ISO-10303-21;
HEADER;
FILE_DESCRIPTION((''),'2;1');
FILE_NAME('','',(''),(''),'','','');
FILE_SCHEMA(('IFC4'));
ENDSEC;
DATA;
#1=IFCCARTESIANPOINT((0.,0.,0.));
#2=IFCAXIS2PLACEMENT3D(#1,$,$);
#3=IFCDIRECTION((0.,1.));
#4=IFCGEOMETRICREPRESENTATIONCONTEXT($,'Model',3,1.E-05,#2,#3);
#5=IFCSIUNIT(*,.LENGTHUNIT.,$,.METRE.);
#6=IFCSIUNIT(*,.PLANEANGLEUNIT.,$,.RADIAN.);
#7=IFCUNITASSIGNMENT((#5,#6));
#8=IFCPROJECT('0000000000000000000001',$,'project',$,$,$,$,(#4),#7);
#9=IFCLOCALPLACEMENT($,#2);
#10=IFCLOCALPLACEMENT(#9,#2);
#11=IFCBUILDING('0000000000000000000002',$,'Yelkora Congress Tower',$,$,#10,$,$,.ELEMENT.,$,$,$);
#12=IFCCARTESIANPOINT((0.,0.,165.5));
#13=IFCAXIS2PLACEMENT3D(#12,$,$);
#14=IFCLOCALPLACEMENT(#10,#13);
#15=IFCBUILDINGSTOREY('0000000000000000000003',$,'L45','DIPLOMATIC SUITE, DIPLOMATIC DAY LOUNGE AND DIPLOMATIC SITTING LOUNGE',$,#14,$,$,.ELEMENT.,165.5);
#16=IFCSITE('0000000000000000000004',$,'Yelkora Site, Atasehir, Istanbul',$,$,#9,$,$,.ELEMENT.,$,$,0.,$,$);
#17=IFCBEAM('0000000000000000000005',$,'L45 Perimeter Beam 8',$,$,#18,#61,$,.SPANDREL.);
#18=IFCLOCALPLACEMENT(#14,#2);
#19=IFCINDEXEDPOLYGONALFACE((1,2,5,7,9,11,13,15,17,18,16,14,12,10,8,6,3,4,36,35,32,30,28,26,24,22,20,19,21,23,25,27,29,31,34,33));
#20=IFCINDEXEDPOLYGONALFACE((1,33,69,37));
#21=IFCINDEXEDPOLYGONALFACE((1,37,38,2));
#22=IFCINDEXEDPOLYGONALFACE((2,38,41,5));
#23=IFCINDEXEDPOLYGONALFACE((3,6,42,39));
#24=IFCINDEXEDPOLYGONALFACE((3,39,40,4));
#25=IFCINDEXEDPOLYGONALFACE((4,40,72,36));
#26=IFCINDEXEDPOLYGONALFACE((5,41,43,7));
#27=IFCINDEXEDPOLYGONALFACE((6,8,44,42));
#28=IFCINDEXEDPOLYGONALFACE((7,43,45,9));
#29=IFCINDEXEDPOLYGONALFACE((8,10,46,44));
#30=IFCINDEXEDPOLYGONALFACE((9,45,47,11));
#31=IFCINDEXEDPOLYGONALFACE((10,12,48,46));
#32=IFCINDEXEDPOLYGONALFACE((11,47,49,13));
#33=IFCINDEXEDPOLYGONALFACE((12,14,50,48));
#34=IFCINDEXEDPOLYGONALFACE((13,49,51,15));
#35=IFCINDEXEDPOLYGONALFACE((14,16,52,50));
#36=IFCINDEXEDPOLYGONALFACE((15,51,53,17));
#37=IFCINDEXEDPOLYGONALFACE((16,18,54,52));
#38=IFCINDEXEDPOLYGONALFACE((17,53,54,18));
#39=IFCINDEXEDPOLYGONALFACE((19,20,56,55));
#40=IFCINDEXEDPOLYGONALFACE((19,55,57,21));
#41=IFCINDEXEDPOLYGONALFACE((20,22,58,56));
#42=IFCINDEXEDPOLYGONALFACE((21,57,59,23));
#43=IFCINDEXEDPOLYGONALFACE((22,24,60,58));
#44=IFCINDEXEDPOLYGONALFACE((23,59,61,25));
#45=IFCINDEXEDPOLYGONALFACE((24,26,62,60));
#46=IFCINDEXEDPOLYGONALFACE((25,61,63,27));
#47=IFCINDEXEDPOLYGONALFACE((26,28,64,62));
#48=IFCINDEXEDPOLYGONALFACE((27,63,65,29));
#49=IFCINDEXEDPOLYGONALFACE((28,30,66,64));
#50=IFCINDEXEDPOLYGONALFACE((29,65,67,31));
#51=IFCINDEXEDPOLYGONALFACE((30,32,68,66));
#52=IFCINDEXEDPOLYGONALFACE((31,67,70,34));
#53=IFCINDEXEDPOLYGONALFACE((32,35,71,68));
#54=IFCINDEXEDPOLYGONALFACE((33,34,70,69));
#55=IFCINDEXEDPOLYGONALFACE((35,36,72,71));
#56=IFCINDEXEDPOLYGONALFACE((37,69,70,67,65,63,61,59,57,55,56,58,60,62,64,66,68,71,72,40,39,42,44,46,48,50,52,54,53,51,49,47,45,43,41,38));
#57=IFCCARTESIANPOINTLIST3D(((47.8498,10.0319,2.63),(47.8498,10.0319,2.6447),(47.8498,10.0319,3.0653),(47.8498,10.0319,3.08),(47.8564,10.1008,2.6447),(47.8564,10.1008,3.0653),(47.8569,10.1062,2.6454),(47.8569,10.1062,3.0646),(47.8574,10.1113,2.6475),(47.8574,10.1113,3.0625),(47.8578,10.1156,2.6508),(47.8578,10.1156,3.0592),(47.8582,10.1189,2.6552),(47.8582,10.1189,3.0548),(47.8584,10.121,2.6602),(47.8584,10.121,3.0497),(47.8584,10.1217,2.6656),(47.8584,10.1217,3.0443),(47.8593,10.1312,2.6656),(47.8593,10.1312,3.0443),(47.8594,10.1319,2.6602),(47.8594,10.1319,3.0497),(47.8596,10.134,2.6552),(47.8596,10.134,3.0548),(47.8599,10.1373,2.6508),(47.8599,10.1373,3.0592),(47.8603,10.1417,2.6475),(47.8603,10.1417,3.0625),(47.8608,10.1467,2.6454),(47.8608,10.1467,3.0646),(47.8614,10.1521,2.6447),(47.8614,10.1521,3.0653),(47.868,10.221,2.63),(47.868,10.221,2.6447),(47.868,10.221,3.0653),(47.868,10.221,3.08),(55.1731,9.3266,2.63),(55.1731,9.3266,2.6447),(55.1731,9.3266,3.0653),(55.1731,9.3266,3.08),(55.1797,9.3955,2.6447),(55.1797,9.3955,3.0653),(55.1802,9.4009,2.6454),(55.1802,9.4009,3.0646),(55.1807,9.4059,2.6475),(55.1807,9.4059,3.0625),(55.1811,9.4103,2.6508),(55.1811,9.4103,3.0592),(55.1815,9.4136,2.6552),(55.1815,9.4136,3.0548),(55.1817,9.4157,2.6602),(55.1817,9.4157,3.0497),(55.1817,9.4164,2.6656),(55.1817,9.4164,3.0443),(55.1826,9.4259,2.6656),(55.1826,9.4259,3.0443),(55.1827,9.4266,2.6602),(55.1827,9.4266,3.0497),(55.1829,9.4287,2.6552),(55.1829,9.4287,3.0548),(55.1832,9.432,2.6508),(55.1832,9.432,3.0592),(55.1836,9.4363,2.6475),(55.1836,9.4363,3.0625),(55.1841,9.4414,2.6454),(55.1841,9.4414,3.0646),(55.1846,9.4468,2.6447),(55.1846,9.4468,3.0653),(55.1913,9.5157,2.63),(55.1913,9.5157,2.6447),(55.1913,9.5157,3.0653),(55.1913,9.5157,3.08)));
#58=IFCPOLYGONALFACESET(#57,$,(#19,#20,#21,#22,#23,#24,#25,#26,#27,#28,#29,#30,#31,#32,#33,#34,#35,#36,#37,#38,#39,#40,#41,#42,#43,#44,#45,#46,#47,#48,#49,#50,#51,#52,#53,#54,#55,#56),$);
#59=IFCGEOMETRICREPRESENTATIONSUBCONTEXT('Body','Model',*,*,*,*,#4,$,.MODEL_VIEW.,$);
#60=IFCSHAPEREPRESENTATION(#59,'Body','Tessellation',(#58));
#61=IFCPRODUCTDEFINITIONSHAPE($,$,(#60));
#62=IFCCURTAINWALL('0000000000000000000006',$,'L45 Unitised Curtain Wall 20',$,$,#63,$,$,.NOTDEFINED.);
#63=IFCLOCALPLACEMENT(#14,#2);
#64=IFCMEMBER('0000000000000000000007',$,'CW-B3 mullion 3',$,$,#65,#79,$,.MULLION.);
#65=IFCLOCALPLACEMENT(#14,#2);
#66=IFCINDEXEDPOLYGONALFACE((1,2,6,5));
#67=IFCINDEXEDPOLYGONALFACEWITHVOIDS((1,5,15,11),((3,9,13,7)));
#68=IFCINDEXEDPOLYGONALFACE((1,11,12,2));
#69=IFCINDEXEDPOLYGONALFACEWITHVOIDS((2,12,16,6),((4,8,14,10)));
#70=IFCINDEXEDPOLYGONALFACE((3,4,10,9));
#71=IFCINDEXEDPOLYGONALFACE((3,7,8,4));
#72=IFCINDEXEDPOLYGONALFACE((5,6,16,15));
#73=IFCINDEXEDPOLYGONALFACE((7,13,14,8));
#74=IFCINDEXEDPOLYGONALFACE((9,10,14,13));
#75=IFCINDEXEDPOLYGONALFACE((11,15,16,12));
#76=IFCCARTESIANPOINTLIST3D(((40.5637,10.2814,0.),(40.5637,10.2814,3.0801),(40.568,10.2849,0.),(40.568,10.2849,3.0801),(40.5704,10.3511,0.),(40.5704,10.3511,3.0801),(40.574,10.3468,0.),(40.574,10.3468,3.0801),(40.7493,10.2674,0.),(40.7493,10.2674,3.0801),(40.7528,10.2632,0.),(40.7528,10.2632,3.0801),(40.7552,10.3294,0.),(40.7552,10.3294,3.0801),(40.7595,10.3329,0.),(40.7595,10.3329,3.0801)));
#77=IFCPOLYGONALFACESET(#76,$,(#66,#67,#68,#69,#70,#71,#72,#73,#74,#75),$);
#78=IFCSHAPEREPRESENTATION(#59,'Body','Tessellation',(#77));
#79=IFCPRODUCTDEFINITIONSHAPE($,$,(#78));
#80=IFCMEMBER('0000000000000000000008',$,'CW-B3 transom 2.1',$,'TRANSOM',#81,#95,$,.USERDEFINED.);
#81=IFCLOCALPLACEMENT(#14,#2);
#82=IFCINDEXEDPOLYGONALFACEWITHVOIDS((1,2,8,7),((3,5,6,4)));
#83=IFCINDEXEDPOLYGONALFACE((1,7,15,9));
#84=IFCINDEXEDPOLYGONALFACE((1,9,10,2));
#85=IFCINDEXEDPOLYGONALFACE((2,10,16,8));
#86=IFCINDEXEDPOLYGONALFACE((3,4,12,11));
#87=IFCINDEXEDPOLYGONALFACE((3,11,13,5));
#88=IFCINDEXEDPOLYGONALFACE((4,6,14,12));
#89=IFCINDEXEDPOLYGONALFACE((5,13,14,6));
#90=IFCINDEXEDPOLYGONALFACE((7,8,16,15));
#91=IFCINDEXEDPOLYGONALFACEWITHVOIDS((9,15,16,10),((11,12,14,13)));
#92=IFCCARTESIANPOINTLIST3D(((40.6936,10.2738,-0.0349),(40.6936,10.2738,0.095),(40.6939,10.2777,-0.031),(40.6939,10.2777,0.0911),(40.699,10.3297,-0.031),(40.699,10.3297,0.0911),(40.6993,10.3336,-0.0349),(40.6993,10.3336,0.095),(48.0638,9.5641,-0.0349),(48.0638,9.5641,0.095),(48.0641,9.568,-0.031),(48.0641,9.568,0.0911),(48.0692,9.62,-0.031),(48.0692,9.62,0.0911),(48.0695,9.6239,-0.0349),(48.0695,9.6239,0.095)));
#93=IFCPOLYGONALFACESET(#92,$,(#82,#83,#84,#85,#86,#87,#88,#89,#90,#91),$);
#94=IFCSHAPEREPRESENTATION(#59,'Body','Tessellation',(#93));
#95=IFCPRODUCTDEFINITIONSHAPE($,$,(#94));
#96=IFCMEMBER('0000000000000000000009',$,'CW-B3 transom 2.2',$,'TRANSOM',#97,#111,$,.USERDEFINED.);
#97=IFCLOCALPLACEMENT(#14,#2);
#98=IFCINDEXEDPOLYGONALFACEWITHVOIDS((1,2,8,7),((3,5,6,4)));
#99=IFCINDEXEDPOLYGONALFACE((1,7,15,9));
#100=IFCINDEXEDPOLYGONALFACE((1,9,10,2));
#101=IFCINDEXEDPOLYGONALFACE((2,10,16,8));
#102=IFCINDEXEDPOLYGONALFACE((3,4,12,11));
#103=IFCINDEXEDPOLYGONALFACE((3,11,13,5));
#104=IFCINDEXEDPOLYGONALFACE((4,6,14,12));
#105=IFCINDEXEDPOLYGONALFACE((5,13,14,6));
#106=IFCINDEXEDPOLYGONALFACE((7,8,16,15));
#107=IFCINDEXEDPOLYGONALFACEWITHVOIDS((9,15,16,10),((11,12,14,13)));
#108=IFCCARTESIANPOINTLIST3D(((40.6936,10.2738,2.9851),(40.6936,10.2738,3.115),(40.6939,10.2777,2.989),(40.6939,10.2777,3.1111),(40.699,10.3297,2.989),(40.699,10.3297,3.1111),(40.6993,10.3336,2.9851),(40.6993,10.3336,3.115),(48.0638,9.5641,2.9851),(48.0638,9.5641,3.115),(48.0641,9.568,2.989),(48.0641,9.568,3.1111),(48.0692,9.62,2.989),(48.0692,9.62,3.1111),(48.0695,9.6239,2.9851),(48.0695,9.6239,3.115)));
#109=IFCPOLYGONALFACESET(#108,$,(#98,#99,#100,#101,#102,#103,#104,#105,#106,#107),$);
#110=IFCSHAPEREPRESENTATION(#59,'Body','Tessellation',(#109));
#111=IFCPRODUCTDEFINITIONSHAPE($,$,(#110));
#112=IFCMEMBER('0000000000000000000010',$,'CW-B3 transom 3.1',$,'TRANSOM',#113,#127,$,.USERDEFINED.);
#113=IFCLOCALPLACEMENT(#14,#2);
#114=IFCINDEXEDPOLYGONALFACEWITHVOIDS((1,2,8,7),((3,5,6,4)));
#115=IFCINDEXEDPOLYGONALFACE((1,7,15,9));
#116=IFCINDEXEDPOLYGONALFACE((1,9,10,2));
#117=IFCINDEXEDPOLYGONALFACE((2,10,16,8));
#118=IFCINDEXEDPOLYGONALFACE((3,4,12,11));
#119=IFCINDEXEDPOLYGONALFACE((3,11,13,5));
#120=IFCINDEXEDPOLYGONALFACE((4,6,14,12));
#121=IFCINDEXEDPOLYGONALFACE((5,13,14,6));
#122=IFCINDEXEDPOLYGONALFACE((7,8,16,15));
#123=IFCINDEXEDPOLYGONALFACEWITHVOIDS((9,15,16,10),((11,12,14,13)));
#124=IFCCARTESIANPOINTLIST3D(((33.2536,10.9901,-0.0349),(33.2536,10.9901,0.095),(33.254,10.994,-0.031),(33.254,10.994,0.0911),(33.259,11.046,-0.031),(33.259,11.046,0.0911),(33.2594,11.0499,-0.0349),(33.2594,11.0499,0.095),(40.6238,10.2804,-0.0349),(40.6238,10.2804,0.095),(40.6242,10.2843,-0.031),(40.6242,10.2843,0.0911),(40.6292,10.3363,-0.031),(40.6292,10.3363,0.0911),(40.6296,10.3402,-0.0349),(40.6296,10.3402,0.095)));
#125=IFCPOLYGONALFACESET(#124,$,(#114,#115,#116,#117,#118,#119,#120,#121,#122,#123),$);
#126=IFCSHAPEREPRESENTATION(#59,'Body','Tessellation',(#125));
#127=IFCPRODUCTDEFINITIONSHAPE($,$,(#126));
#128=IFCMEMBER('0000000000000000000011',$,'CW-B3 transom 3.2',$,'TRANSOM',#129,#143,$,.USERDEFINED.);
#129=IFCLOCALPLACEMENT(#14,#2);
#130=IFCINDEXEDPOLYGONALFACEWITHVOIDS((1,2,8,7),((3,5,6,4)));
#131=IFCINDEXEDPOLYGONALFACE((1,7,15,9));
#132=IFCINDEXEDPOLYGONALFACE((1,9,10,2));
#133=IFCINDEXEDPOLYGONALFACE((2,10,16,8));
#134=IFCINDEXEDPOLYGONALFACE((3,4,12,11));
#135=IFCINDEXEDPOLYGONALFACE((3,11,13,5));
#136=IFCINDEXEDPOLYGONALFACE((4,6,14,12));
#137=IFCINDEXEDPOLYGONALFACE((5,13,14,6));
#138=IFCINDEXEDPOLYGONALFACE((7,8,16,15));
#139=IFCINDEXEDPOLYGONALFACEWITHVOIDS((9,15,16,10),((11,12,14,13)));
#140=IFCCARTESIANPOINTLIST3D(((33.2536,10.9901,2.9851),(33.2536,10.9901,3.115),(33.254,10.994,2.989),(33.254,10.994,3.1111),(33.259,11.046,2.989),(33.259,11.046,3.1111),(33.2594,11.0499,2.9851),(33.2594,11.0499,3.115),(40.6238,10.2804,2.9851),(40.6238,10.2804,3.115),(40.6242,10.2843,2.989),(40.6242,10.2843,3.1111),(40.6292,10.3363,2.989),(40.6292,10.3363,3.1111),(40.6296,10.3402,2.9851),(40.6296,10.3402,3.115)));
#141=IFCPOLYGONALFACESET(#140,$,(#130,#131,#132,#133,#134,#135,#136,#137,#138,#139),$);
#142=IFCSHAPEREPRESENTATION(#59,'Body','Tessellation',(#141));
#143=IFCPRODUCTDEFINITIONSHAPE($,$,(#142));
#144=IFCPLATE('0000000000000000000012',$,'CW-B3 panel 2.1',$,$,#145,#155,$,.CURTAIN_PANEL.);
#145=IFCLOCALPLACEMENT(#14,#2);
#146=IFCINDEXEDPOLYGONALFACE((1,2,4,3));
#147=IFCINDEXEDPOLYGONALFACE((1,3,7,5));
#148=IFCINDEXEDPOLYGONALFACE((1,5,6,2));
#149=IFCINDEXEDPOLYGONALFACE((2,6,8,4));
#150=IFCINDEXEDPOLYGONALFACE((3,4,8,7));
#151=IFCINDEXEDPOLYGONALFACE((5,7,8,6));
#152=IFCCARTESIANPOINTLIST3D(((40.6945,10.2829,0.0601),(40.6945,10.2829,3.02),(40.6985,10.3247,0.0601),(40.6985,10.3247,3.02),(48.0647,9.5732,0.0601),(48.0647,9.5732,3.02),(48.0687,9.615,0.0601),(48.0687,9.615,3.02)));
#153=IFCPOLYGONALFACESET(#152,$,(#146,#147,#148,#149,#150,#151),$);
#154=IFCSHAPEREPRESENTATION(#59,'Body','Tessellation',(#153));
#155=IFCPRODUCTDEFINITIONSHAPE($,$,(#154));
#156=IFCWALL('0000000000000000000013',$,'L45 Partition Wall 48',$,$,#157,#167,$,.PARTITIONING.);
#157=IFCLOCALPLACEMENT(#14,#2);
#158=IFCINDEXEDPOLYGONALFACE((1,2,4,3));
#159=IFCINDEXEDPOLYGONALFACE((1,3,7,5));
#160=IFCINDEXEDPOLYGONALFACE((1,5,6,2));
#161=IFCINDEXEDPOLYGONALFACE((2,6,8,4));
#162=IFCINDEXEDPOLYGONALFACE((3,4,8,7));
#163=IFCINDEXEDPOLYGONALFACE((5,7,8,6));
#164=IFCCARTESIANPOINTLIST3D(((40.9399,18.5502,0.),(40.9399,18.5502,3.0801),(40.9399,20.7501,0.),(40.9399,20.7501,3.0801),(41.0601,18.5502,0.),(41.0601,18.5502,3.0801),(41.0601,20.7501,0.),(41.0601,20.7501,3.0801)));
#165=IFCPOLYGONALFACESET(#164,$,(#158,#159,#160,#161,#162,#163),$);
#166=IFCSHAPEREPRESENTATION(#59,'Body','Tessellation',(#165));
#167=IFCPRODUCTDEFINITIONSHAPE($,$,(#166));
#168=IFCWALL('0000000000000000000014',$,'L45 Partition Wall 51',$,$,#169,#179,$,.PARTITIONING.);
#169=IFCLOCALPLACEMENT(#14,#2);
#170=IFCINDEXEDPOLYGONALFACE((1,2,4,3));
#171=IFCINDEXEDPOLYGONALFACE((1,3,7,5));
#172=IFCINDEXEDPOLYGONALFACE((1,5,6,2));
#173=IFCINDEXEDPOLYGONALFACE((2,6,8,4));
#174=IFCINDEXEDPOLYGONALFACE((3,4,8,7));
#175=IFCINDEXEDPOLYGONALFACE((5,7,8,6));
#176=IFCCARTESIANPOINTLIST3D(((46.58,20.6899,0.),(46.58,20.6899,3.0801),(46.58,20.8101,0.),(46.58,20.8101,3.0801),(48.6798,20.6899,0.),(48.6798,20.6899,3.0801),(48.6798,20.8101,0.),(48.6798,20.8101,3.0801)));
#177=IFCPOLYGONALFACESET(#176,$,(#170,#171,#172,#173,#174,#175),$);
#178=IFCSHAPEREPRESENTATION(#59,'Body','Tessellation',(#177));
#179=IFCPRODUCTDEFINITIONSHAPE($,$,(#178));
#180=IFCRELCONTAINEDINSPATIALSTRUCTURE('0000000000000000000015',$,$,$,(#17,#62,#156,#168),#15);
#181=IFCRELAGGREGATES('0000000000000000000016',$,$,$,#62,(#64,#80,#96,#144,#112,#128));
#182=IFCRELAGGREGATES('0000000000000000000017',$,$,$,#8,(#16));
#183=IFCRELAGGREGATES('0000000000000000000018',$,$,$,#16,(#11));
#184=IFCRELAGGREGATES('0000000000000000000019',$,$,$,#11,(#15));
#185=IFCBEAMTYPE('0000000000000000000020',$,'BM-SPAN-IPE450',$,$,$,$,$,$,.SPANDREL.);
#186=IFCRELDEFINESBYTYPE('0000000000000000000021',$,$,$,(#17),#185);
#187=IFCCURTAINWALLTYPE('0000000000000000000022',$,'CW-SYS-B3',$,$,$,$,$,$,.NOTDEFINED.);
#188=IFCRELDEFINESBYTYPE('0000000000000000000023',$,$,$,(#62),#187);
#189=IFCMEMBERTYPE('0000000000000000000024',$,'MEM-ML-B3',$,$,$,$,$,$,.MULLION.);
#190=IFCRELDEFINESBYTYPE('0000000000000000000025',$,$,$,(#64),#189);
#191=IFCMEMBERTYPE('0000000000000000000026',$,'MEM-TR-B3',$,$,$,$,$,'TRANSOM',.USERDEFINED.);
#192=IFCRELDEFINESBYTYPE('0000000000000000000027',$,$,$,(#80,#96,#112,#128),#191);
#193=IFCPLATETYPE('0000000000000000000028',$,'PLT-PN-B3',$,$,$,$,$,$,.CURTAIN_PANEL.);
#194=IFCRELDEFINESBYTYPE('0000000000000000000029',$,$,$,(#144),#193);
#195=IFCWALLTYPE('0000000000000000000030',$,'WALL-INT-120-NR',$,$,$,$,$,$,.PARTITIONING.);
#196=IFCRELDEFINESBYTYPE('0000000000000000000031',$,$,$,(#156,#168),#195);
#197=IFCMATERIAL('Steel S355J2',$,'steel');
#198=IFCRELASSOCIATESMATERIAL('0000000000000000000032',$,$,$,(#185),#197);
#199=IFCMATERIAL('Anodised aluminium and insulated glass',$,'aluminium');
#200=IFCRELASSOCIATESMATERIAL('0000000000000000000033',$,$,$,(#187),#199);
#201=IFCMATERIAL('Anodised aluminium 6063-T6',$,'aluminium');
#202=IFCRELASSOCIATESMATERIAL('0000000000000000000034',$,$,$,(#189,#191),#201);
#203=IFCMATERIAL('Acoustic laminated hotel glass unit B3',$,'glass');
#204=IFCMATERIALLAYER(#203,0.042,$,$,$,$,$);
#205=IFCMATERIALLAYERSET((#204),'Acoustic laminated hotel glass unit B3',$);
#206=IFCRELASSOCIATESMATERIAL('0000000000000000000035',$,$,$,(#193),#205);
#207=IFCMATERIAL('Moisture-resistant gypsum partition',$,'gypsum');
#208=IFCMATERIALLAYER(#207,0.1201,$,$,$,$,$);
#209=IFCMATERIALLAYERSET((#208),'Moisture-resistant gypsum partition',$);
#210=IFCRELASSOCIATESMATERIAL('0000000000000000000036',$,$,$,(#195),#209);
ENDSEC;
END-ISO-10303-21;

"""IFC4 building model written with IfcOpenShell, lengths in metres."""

from ifc_helpers import new_model, si_unit, direction, frame, frame_2d, origin, origin_2d, place, context, subcontext, project, spatial, rectangle, hollow_rectangle, i_section, extrude, material, layer, layer_set, material_profile, profile_set, type_object, element, aggregate, save


model = new_model("IFC4")

# Units and contexts
model_context = context("Model", 3, precision=1e-05, world=origin(), true_north=direction((0.0, 1.0)))
body_context = subcontext(model_context, "Body", "Model", "MODEL_VIEW")
ifc_project = project(units=[si_unit("LENGTHUNIT", "METRE"), si_unit("PLANEANGLEUNIT", "RADIAN")], contexts=[model_context])

# Site, building, storey
site_placement = place(None, origin())
site = spatial("IfcSite", under=ifc_project, at=site_placement, Name="Yelkora Site, Atasehir, Istanbul", CompositionType="ELEMENT", RefElevation=0.0)
building_placement = place(site_placement, origin())
building = spatial("IfcBuilding", under=site, at=building_placement, Name="Yelkora Congress Tower", CompositionType="ELEMENT")
storey_placement = place(building_placement, frame((0.0, 0.0, 165.5)))
storey = spatial("IfcBuildingStorey", under=building, at=storey_placement, Name="L45", Description="DIPLOMATIC SUITE, DIPLOMATIC DAY LOUNGE AND DIPLOMATIC SITTING LOUNGE", CompositionType="ELEMENT", Elevation=165.5)

# Beam
ifc_material_1 = material(Name="Steel S355J2", Category="steel")
ifc_material_profile_1 = material_profile(ifc_material_1, i_section(OverallWidth=0.1899, OverallDepth=0.45, WebThickness=0.0095, FlangeThickness=0.0146, FilletRadius=0.021, at=origin_2d()), Name="IPE 450")
ifc_profile_set_1 = profile_set([ifc_material_profile_1], Name="Steel S355J2")
beam_type_1 = type_object("IfcBeamType", Name="BM-SPAN-IPE450", PredefinedType="SPANDREL", material=ifc_profile_set_1)
beam_1_placement = place(storey_placement, frame((47.8589, 10.1265, 2.855), z_axis=(0.995394, -0.095869, 0.0), x_axis=(0.095869, 0.995394, 0.0)))
element("IfcBeam", 1, at=beam_1_placement, inside=storey, type_object=beam_type_1, Name="L45 Perimeter Beam 8", PredefinedType="SPANDREL", context=body_context, shape_type="SweptSolid", body=[
    extrude(i_section(OverallWidth=0.1899, OverallDepth=0.45, WebThickness=0.0095, FlangeThickness=0.0146, FilletRadius=0.021, at=origin_2d()), origin(), (0.0, 0.0, 1.0), 7.3572),
])

# Curtain wall, members, plate
ifc_material_2 = material(Name="Anodised aluminium and insulated glass", Category="aluminium")
curtain_wall_type = type_object("IfcCurtainWallType", Name="CW-SYS-B3", PredefinedType="NOTDEFINED", material=ifc_material_2)
curtain_wall_placement = place(storey_placement, origin())
curtain_wall = element("IfcCurtainWall", 2, at=curtain_wall_placement, inside=storey, type_object=curtain_wall_type, Name="L45 Unitised Curtain Wall 20", PredefinedType="NOTDEFINED")
ifc_material_3 = material(Name="Anodised aluminium 6063-T6", Category="aluminium")
ifc_material_profile_2 = material_profile(ifc_material_3, hollow_rectangle(XDim=0.0701, YDim=0.1899, WallThickness=0.0039, at=origin_2d()), Name="ALU 70x190x4")
ifc_profile_set_2 = profile_set([ifc_material_profile_2], Name="Anodised aluminium 6063-T6")
member_type_1 = type_object("IfcMemberType", Name="MEM-ML-B3", PredefinedType="MULLION", material=ifc_profile_set_2)
member_1_placement = place(storey_placement, frame((40.6616, 10.3071, 0.0), z_axis=(0.0, 0.0, 1.0), x_axis=(-0.095845, -0.995396, 0.0)))
member_1 = element("IfcMember", 3, at=member_1_placement, type_object=member_type_1, Name="CW-B3 mullion 3", PredefinedType="MULLION", context=body_context, shape_type="SweptSolid", body=[
    extrude(hollow_rectangle(XDim=0.0701, YDim=0.1899, WallThickness=0.0039, at=origin_2d()), origin(), (0.0, 0.0, 1.0), 3.0801),
])
ifc_material_profile_3 = material_profile(ifc_material_3, hollow_rectangle(XDim=0.0601, YDim=0.1299, WallThickness=0.0039, at=origin_2d()), Name="ALU 60x130x4")
ifc_profile_set_3 = profile_set([ifc_material_profile_3], Name="Anodised aluminium 6063-T6")
member_type_2 = type_object("IfcMemberType", Name="MEM-TR-B3", ElementType="TRANSOM", PredefinedType="USERDEFINED", material=ifc_profile_set_3)
member_2_placement = place(storey_placement, frame((48.0667, 9.594, 0.03), z_axis=(-0.995395, 0.095853, 0.0), x_axis=(-0.095853, -0.995395, 0.0)))
member_2 = element("IfcMember", 4, at=member_2_placement, type_object=member_type_2, Name="CW-B3 transom 2.1", ObjectType="TRANSOM", PredefinedType="USERDEFINED", context=body_context, shape_type="SweptSolid", body=[
    extrude(hollow_rectangle(XDim=0.0601, YDim=0.1299, WallThickness=0.0039, at=origin_2d()), origin(), (0.0, 0.0, 1.0), 7.4043),
])
member_3_placement = place(storey_placement, frame((48.0667, 9.594, 3.05), z_axis=(-0.995395, 0.095853, 0.0), x_axis=(-0.095853, -0.995395, 0.0)))
member_3 = element("IfcMember", 5, at=member_3_placement, type_object=member_type_2, Name="CW-B3 transom 2.2", ObjectType="TRANSOM", PredefinedType="USERDEFINED", context=body_context, shape_type="SweptSolid", body=[
    extrude(hollow_rectangle(XDim=0.0601, YDim=0.1299, WallThickness=0.0039, at=origin_2d()), origin(), (0.0, 0.0, 1.0), 7.4043),
])
member_4_placement = place(storey_placement, frame((40.6267, 10.3103, 0.03), z_axis=(-0.995395, 0.095853, 0.0), x_axis=(-0.095853, -0.995395, 0.0)))
member_4 = element("IfcMember", 6, at=member_4_placement, type_object=member_type_2, Name="CW-B3 transom 3.1", ObjectType="TRANSOM", PredefinedType="USERDEFINED", context=body_context, shape_type="SweptSolid", body=[
    extrude(hollow_rectangle(XDim=0.0601, YDim=0.1299, WallThickness=0.0039, at=origin_2d()), origin(), (0.0, 0.0, 1.0), 7.4043),
])
member_5_placement = place(storey_placement, frame((40.6267, 10.3103, 3.05), z_axis=(-0.995395, 0.095853, 0.0), x_axis=(-0.095853, -0.995395, 0.0)))
member_5 = element("IfcMember", 7, at=member_5_placement, type_object=member_type_2, Name="CW-B3 transom 3.2", ObjectType="TRANSOM", PredefinedType="USERDEFINED", context=body_context, shape_type="SweptSolid", body=[
    extrude(hollow_rectangle(XDim=0.0601, YDim=0.1299, WallThickness=0.0039, at=origin_2d()), origin(), (0.0, 0.0, 1.0), 7.4043),
])
ifc_material_4 = material(Name="Acoustic laminated hotel glass unit B3", Category="glass")
ifc_layer_1 = layer(ifc_material_4, 0.042)
ifc_layer_set_1 = layer_set([ifc_layer_1], Name="Acoustic laminated hotel glass unit B3")
plate_type = type_object("IfcPlateType", Name="PLT-PN-B3", PredefinedType="CURTAIN_PANEL", material=ifc_layer_set_1)
plate_placement = place(storey_placement, frame((44.3816, 9.949, 0.0601), z_axis=(0.0, 0.0, 1.0), x_axis=(-0.995396, 0.095845, 0.0)))
plate = element("IfcPlate", 8, at=plate_placement, type_object=plate_type, Name="CW-B3 panel 2.1", PredefinedType="CURTAIN_PANEL", context=body_context, shape_type="SweptSolid", body=[
    extrude(rectangle(XDim=7.4043, YDim=0.042, at=origin_2d()), origin(), (0.0, 0.0, 1.0), 2.96),
])
aggregate(curtain_wall, [member_1, member_2, member_3, plate, member_4, member_5])

# Walls
ifc_material_5 = material(Name="Moisture-resistant gypsum partition", Category="gypsum")
ifc_layer_2 = layer(ifc_material_5, 0.1201)
ifc_layer_set_2 = layer_set([ifc_layer_2], Name="Moisture-resistant gypsum partition")
wall_type_1 = type_object("IfcWallType", Name="WALL-INT-120-NR", PredefinedType="PARTITIONING", material=ifc_layer_set_2)
wall_1_placement = place(storey_placement, frame((41.0, 18.55, 0.0), z_axis=(0.0, 0.0, 1.0), x_axis=(0.0, 1.0, 0.0)))
element("IfcWall", 9, at=wall_1_placement, inside=storey, type_object=wall_type_1, Name="L45 Partition Wall 48", PredefinedType="PARTITIONING", context=body_context, shape_type="SweptSolid", body=[
    extrude(rectangle(XDim=2.2, YDim=0.1201, at=frame_2d((1.1001, 0.0))), origin(), (0.0, 0.0, 1.0), 3.0801),
])
wall_2_placement = place(storey_placement, frame((46.5801, 20.75, 0.0), z_axis=(0.0, 0.0, 1.0), x_axis=(1.0, 0.0, 0.0)))
element("IfcWall", 10, at=wall_2_placement, inside=storey, type_object=wall_type_1, Name="L45 Partition Wall 51", PredefinedType="PARTITIONING", context=body_context, shape_type="SweptSolid", body=[
    extrude(rectangle(XDim=2.0999, YDim=0.1201, at=frame_2d((1.0498, 0.0))), origin(), (0.0, 0.0, 1.0), 3.0801),
])

save(model, "model.ifc")
